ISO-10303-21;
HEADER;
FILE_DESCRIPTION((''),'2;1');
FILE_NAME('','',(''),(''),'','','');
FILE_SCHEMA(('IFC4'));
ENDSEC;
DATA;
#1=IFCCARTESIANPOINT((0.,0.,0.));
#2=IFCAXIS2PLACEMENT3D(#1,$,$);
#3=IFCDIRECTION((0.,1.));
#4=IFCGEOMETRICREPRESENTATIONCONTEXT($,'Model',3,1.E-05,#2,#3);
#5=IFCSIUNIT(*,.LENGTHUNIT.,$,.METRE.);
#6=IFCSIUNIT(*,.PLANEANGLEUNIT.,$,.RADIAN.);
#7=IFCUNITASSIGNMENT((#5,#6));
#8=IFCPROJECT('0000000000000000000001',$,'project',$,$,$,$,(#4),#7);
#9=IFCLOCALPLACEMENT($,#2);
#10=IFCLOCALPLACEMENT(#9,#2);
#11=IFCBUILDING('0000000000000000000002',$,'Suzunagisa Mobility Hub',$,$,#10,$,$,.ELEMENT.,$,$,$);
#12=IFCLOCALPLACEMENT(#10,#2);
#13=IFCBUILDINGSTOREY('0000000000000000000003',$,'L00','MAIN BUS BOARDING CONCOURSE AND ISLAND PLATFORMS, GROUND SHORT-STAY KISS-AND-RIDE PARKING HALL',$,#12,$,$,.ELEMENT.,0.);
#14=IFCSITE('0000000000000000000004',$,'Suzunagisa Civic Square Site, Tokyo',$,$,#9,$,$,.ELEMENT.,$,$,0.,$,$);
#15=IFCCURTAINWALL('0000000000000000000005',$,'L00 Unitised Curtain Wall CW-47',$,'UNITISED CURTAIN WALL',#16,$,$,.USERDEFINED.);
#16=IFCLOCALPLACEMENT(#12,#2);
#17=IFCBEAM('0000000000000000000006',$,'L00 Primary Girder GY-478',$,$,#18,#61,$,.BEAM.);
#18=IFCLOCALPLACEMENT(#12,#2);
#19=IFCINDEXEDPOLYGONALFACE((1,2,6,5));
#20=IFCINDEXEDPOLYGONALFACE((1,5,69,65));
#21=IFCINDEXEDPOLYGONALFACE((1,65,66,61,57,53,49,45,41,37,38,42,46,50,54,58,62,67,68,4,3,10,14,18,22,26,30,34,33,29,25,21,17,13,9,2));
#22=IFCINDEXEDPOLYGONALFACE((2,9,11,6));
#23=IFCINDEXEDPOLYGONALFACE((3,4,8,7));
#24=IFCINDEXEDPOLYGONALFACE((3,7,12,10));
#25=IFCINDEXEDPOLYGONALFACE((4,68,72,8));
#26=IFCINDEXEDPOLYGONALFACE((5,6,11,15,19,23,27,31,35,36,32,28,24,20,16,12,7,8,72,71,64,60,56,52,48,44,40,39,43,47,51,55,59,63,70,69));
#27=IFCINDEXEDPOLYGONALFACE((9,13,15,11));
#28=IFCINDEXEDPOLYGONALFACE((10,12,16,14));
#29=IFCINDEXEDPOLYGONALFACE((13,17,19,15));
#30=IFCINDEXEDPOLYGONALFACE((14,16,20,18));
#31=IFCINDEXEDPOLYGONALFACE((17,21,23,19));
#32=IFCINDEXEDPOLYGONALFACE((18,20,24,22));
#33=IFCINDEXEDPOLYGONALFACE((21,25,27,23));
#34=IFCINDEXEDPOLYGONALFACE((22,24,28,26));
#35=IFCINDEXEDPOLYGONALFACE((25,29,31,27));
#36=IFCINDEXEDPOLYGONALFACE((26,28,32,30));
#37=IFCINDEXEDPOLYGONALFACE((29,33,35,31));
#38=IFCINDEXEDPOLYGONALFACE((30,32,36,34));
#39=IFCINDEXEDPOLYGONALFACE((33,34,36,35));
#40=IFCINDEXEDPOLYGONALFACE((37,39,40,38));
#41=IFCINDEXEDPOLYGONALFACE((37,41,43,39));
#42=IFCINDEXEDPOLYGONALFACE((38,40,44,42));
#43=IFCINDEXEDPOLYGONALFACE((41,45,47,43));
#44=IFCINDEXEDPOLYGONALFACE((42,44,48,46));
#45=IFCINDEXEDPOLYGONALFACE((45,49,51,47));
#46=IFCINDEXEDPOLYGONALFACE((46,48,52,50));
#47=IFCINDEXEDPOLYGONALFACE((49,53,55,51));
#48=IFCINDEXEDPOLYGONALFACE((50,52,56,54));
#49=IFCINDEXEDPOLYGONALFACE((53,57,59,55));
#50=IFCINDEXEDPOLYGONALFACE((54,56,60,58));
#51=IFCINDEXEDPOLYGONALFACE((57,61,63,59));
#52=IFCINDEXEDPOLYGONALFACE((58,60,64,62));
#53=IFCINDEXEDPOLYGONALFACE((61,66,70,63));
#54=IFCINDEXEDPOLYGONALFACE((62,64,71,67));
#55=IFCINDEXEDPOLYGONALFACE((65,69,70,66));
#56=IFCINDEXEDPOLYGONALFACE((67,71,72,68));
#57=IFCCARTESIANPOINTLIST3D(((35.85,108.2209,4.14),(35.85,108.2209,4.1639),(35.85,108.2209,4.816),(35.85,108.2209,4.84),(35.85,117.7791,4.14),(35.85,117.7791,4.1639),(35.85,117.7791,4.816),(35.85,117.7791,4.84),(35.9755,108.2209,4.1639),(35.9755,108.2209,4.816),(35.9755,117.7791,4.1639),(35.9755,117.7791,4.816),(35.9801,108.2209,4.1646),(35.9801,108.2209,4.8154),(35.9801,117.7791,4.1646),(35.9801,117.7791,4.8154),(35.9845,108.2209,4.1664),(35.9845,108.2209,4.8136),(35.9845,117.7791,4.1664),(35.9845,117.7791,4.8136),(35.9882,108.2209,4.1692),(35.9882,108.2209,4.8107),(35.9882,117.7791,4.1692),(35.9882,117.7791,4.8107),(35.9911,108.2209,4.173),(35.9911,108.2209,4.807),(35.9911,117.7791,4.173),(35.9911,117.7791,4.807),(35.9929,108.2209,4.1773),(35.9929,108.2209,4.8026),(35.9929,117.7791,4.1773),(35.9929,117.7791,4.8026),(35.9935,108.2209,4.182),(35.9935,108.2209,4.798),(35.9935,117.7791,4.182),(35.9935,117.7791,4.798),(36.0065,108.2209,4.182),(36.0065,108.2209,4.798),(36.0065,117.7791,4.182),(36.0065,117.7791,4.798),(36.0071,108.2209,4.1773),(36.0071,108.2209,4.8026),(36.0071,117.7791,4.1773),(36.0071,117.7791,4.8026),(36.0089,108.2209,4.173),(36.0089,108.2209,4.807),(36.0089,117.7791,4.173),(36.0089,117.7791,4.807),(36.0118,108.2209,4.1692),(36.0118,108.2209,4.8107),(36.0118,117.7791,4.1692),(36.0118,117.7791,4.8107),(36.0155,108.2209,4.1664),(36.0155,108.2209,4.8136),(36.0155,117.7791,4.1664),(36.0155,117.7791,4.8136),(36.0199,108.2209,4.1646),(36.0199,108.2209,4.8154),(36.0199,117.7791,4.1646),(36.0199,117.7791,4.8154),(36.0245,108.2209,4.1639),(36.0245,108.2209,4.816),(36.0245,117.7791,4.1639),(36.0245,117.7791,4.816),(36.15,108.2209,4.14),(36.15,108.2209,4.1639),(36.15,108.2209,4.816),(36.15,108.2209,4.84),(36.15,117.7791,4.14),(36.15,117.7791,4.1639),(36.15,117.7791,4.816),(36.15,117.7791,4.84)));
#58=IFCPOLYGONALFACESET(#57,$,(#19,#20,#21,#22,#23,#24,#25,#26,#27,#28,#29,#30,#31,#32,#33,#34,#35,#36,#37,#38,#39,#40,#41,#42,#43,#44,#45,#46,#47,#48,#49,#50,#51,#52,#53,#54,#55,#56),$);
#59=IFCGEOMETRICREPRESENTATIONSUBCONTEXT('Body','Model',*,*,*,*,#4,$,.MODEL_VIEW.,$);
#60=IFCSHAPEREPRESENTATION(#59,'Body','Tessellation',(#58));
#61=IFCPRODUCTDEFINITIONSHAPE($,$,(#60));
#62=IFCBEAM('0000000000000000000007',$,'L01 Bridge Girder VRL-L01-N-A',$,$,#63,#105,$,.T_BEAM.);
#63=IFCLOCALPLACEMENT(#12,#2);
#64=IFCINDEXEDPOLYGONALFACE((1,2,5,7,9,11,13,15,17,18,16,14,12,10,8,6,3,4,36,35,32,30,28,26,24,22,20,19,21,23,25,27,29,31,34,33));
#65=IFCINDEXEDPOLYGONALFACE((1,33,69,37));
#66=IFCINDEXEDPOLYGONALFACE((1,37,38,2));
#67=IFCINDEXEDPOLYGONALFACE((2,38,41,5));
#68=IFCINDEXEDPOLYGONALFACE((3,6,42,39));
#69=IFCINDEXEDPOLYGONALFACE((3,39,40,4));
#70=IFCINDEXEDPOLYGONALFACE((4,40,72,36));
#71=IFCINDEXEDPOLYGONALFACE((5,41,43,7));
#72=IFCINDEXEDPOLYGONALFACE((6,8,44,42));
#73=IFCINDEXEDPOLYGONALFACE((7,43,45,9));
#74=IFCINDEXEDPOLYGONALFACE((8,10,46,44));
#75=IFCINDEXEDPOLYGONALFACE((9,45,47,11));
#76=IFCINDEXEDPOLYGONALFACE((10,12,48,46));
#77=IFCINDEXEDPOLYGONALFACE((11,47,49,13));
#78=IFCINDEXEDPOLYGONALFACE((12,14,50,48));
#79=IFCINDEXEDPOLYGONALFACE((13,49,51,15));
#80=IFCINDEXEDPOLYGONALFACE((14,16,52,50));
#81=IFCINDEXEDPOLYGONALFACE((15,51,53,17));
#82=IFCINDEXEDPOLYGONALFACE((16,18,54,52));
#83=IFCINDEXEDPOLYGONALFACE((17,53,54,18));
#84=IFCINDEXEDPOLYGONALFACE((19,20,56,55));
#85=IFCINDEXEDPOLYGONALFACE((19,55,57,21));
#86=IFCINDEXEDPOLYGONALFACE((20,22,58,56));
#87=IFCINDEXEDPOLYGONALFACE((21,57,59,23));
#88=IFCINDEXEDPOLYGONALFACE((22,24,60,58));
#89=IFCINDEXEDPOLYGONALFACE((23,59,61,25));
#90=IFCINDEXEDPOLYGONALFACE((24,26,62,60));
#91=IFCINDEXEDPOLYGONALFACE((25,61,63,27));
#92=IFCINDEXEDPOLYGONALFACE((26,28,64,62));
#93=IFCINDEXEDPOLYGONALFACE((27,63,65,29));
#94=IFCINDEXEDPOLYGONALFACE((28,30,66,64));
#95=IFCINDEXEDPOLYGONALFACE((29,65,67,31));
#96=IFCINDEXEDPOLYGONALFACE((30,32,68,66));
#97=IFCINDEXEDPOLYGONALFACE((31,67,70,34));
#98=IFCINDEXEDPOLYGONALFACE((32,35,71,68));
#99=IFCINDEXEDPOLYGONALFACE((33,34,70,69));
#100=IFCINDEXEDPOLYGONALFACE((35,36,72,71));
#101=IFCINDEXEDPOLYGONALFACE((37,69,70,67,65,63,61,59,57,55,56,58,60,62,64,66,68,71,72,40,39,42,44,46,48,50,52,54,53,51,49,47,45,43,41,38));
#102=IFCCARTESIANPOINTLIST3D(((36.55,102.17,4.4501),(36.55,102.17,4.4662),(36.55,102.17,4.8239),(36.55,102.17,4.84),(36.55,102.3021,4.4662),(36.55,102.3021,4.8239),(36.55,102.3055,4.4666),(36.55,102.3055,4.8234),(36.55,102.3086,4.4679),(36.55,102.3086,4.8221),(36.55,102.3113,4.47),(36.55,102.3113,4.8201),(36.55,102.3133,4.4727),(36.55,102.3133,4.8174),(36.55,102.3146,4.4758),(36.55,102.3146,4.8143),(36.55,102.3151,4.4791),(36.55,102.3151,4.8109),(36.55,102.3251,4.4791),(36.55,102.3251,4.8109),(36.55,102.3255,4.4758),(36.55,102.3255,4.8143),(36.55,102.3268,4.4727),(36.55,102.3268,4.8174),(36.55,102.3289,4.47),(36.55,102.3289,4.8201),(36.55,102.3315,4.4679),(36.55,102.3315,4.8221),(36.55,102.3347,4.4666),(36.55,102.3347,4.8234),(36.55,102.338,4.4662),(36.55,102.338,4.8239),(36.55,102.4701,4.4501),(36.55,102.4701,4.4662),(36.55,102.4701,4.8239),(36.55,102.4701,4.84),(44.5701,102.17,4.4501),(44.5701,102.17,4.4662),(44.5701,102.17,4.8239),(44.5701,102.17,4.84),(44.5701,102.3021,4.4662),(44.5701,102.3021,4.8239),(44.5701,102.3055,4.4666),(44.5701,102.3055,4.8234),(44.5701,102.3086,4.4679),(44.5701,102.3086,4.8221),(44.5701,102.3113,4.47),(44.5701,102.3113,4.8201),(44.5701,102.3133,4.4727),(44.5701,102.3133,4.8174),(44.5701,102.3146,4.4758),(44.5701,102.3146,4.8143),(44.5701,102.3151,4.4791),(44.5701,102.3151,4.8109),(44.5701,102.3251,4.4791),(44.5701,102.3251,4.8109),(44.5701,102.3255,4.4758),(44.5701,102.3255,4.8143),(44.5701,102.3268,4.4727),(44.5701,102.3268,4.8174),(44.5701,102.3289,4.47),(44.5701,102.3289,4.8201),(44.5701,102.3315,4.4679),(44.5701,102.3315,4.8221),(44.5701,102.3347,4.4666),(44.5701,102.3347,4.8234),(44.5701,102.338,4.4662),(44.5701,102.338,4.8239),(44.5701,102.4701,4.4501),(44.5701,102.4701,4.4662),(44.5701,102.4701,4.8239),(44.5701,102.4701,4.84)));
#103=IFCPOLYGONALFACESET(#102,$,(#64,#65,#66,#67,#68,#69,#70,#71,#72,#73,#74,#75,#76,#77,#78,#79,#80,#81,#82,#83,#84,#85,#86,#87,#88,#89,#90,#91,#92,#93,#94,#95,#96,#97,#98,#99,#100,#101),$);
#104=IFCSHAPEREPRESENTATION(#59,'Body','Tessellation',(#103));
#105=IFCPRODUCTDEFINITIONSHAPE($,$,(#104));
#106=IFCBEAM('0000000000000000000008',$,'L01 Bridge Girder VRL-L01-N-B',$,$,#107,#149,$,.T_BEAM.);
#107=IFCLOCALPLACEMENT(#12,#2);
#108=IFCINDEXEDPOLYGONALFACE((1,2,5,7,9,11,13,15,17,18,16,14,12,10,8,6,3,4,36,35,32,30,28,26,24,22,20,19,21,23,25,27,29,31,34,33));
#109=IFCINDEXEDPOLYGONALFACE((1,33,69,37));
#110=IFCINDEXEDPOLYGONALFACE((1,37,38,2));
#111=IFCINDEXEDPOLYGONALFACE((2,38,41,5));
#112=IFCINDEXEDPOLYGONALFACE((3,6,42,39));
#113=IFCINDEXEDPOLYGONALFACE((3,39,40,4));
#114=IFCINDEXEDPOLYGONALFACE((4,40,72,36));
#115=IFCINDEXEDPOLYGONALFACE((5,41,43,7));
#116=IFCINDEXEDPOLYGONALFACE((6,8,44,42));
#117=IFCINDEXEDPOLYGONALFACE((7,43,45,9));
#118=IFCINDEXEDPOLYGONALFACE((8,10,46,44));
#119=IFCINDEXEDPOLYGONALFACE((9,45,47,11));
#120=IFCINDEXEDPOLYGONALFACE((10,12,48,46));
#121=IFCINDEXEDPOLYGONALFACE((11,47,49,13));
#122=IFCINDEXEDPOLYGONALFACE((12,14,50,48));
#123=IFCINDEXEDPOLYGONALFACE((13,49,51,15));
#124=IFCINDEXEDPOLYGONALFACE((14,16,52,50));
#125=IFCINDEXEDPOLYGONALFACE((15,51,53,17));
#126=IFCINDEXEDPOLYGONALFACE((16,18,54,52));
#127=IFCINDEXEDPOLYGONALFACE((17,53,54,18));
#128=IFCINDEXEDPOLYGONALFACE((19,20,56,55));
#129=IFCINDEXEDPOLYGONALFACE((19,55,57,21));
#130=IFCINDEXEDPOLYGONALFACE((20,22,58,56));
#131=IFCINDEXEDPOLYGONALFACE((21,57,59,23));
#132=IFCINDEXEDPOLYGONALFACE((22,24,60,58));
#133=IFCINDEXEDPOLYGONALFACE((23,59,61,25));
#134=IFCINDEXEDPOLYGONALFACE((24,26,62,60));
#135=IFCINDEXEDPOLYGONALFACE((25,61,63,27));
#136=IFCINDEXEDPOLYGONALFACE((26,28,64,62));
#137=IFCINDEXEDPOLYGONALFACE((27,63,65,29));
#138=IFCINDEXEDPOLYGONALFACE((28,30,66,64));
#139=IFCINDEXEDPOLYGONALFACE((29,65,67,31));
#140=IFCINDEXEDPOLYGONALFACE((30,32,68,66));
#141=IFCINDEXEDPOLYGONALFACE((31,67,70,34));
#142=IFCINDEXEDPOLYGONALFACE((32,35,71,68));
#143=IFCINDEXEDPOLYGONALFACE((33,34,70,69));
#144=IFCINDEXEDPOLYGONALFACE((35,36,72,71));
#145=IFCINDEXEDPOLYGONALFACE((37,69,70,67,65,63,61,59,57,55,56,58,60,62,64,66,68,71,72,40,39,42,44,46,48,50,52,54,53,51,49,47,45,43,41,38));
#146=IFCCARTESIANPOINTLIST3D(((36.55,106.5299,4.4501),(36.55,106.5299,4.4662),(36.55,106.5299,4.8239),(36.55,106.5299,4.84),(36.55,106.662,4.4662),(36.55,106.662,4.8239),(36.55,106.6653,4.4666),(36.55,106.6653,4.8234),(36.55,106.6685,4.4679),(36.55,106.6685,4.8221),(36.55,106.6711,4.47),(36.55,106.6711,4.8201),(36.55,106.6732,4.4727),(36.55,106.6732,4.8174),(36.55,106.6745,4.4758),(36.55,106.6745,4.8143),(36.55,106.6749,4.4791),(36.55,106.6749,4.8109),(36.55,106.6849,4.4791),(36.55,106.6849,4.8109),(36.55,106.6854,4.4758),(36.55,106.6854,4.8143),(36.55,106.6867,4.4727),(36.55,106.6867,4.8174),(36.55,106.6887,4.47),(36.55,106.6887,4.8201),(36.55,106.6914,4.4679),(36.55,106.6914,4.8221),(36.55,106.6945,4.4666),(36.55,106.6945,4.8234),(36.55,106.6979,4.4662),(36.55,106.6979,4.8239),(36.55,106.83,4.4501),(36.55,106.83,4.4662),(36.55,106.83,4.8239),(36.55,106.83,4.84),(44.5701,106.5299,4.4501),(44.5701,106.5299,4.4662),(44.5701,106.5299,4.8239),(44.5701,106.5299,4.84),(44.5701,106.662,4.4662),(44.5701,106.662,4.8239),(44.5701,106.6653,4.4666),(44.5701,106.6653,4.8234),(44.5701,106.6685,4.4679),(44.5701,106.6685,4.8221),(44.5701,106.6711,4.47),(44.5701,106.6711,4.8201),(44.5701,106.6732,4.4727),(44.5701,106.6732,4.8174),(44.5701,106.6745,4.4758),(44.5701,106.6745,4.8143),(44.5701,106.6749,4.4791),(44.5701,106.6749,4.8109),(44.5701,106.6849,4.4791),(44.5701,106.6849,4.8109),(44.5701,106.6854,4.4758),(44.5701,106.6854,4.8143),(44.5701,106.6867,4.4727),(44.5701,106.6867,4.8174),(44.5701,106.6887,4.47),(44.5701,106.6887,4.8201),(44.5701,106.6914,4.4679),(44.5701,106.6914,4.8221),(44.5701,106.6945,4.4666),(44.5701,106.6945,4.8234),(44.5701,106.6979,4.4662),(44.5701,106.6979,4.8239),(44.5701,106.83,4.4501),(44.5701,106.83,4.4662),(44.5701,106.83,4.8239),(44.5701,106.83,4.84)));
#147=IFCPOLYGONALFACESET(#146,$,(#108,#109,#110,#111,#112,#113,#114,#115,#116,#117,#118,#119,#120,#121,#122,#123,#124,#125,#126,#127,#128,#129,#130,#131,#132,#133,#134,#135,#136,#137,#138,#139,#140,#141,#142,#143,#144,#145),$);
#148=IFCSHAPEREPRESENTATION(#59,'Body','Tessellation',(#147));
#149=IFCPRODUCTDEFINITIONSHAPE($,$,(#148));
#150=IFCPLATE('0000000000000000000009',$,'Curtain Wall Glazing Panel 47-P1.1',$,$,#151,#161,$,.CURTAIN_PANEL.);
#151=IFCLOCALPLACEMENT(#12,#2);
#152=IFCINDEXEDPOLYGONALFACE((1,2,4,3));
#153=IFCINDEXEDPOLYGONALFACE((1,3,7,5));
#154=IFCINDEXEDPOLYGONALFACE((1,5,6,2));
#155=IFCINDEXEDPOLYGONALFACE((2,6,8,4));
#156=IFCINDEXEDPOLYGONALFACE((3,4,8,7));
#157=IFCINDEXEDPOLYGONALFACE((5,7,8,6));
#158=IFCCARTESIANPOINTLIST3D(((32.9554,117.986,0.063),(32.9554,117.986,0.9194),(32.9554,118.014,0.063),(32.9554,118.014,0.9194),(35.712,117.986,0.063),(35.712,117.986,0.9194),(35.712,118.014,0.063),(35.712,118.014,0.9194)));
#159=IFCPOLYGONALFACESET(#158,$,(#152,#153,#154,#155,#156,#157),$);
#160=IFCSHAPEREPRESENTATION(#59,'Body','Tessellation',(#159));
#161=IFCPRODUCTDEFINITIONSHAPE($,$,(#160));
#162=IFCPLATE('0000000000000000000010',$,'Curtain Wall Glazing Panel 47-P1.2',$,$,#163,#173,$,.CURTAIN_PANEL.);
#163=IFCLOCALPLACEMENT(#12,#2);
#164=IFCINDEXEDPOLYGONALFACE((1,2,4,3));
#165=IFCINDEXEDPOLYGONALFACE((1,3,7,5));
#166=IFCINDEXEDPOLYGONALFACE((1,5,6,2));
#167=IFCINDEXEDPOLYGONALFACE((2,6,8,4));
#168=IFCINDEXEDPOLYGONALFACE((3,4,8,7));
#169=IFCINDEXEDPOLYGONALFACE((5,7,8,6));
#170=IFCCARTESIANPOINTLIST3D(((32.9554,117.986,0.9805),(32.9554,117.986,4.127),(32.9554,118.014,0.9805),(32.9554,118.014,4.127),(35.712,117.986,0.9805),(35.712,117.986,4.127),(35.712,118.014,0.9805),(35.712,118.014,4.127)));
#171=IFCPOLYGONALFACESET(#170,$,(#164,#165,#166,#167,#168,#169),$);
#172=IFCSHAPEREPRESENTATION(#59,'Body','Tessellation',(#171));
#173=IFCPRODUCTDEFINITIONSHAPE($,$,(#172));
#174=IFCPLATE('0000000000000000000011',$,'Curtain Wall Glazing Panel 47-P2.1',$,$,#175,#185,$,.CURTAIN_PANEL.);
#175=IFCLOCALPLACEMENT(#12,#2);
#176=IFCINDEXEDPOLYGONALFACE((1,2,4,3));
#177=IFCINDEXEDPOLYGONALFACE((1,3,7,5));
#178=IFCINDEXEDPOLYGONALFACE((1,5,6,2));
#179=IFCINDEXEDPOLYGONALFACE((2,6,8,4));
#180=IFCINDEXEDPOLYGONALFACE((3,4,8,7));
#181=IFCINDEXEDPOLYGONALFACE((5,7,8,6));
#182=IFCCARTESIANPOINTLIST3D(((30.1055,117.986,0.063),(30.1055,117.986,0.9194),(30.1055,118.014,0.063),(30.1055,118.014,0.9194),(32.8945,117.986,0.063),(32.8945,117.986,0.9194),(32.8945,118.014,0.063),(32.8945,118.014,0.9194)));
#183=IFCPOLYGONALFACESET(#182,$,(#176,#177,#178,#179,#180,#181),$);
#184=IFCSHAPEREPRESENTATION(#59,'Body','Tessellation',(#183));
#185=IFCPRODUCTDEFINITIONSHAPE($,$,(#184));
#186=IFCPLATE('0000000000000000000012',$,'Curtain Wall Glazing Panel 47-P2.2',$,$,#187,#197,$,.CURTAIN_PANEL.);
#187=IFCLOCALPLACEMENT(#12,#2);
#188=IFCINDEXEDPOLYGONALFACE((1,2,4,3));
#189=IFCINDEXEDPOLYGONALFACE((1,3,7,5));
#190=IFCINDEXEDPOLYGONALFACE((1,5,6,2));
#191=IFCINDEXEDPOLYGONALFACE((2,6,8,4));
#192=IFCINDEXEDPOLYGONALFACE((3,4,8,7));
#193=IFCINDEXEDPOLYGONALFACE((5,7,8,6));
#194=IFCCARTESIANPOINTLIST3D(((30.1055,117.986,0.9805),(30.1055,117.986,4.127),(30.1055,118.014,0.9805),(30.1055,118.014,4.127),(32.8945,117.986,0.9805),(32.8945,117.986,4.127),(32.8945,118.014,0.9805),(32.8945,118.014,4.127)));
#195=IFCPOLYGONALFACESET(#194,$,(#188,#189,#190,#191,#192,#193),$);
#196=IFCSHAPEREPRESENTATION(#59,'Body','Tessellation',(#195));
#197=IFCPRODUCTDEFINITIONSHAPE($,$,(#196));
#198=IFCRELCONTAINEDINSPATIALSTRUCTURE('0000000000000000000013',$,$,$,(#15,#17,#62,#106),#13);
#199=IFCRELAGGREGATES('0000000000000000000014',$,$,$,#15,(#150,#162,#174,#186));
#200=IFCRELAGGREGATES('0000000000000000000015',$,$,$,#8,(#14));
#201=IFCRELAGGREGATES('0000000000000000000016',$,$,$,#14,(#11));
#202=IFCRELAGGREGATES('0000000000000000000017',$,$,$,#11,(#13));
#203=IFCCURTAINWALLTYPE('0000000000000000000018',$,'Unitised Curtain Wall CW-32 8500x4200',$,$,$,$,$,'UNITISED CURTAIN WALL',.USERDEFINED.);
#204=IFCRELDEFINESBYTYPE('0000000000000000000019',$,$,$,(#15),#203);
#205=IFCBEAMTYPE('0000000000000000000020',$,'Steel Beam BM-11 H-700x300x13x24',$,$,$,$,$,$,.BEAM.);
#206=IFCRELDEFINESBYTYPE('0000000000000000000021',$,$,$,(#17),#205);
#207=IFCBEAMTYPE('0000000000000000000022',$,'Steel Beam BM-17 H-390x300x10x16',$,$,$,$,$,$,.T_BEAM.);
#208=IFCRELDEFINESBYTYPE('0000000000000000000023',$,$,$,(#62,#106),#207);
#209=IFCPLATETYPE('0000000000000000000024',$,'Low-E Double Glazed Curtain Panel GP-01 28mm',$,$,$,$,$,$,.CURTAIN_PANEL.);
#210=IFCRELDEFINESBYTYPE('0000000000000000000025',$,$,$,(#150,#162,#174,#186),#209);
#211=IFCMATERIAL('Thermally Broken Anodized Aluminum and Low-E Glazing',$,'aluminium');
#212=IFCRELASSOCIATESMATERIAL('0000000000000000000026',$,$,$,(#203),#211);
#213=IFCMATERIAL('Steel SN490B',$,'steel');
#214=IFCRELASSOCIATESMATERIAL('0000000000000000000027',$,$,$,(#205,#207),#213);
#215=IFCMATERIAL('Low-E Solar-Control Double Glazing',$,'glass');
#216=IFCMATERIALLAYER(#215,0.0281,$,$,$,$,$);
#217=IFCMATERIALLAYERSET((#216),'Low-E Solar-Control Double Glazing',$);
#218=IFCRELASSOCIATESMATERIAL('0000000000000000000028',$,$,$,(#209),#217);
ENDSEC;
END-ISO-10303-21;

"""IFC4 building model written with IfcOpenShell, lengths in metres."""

from ifc_helpers import new_model, si_unit, direction, frame, origin, origin_2d, place, context, subcontext, project, spatial, rectangle, i_section, extrude, material, layer, layer_set, material_profile, profile_set, type_object, element, aggregate, save


model = new_model("IFC4")

# Units and contexts
model_context = context("Model", 3, precision=1e-05, world=origin(), true_north=direction((0.0, 1.0)))
body_context = subcontext(model_context, "Body", "Model", "MODEL_VIEW")
ifc_project = project(units=[si_unit("LENGTHUNIT", "METRE"), si_unit("PLANEANGLEUNIT", "RADIAN")], contexts=[model_context])

# Site, building, storey
site_placement = place(None, origin())
site = spatial("IfcSite", under=ifc_project, at=site_placement, Name="Suzunagisa Civic Square Site, Tokyo", CompositionType="ELEMENT", RefElevation=0.0)
building_placement = place(site_placement, origin())
building = spatial("IfcBuilding", under=site, at=building_placement, Name="Suzunagisa Mobility Hub", CompositionType="ELEMENT")
storey_placement = place(building_placement, origin())
storey = spatial("IfcBuildingStorey", under=building, at=storey_placement, Name="L00", Description="MAIN BUS BOARDING CONCOURSE AND ISLAND PLATFORMS, GROUND SHORT-STAY KISS-AND-RIDE PARKING HALL", CompositionType="ELEMENT", Elevation=0.0)

# Shared definitions
ifc_material_1 = material(Name="Steel SN490B", Category="steel")

# Curtain wall
ifc_material_2 = material(Name="Thermally Broken Anodized Aluminum and Low-E Glazing", Category="aluminium")
curtain_wall_type = type_object("IfcCurtainWallType", Name="Unitised Curtain Wall CW-32 8500x4200", ElementType="UNITISED CURTAIN WALL", PredefinedType="USERDEFINED", material=ifc_material_2)
curtain_wall_placement = place(storey_placement, origin())
curtain_wall = element("IfcCurtainWall", 1, at=curtain_wall_placement, inside=storey, type_object=curtain_wall_type, Name="L00 Unitised Curtain Wall CW-47", ObjectType="UNITISED CURTAIN WALL", PredefinedType="USERDEFINED")

# Beams
ifc_material_profile_1 = material_profile(ifc_material_1, i_section(OverallWidth=0.3, OverallDepth=0.7, WebThickness=0.0129, FlangeThickness=0.0239, FilletRadius=0.0181, at=origin_2d()), Name="H-700x300x13x24")
ifc_profile_set_1 = profile_set([ifc_material_profile_1], Name="Steel SN490B")
beam_type_1 = type_object("IfcBeamType", Name="Steel Beam BM-11 H-700x300x13x24", PredefinedType="BEAM", material=ifc_profile_set_1)
for number, where, z_axis, x_axis, name in (
    (2, (36.0, 108.2209, 4.49), (0.0, 1.0, 0.0), (-1.0, 0.0, 0.0), "L00 Primary Girder GY-478"),
):
    element("IfcBeam", number, at=place(storey_placement, frame(where, z_axis=z_axis, x_axis=x_axis)), inside=storey, type_object=beam_type_1, Name=name, PredefinedType="BEAM", context=body_context, shape_type="SweptSolid", body=[
        extrude(i_section(OverallWidth=0.3, OverallDepth=0.7, WebThickness=0.0129, FlangeThickness=0.0239, FilletRadius=0.0181, at=origin_2d()), origin(), (0.0, 0.0, 1.0), 9.5581),
    ])
ifc_material_profile_2 = material_profile(ifc_material_1, i_section(OverallWidth=0.3, OverallDepth=0.3899, WebThickness=0.01, FlangeThickness=0.0161, FilletRadius=0.0129, at=origin_2d()), Name="H-390x300x10x16")
ifc_profile_set_2 = profile_set([ifc_material_profile_2], Name="Steel SN490B")
beam_type_2 = type_object("IfcBeamType", Name="Steel Beam BM-17 H-390x300x10x16", PredefinedType="T_BEAM", material=ifc_profile_set_2)
for number, where, z_axis, x_axis, name in (
    (3, (36.55, 102.3201, 4.645), (1.0, 0.0, 0.0), (0.0, 1.0, 0.0), "L01 Bridge Girder VRL-L01-N-A"),
    (4, (36.55, 106.6799, 4.645), (1.0, 0.0, 0.0), (0.0, 1.0, 0.0), "L01 Bridge Girder VRL-L01-N-B"),
):
    element("IfcBeam", number, at=place(storey_placement, frame(where, z_axis=z_axis, x_axis=x_axis)), inside=storey, type_object=beam_type_2, Name=name, PredefinedType="T_BEAM", context=body_context, shape_type="SweptSolid", body=[
        extrude(i_section(OverallWidth=0.3, OverallDepth=0.3899, WebThickness=0.01, FlangeThickness=0.0161, FilletRadius=0.0129, at=origin_2d()), origin(), (0.0, 0.0, 1.0), 8.02),
    ])

# Plates
ifc_material_3 = material(Name="Low-E Solar-Control Double Glazing", Category="glass")
ifc_layer_1 = layer(ifc_material_3, 0.0281)
ifc_layer_set_1 = layer_set([ifc_layer_1], Name="Low-E Solar-Control Double Glazing")
plate_type = type_object("IfcPlateType", Name="Low-E Double Glazed Curtain Panel GP-01 28mm", PredefinedType="CURTAIN_PANEL", material=ifc_layer_set_1)
plate_1_placement = place(storey_placement, frame((34.3337, 118.0, 0.063), z_axis=(0.0, 0.0, 1.0), x_axis=(-1.0, 0.0, 0.0)))
plate_1 = element("IfcPlate", 5, at=plate_1_placement, type_object=plate_type, Name="Curtain Wall Glazing Panel 47-P1.1", PredefinedType="CURTAIN_PANEL", context=body_context, shape_type="SweptSolid", body=[
    extrude(rectangle(XDim=2.7566, YDim=0.0281, at=origin_2d()), origin(), (0.0, 0.0, 1.0), 0.8564),
])
plate_2_placement = place(storey_placement, frame((34.3337, 118.0, 0.9805), z_axis=(0.0, 0.0, 1.0), x_axis=(-1.0, 0.0, 0.0)))
plate_2 = element("IfcPlate", 6, at=plate_2_placement, type_object=plate_type, Name="Curtain Wall Glazing Panel 47-P1.2", PredefinedType="CURTAIN_PANEL", context=body_context, shape_type="SweptSolid", body=[
    extrude(rectangle(XDim=2.7566, YDim=0.0281, at=origin_2d()), origin(), (0.0, 0.0, 1.0), 3.1465),
])
plate_3_placement = place(storey_placement, frame((31.5, 118.0, 0.063), z_axis=(0.0, 0.0, 1.0), x_axis=(-1.0, 0.0, 0.0)))
plate_3 = element("IfcPlate", 7, at=plate_3_placement, type_object=plate_type, Name="Curtain Wall Glazing Panel 47-P2.1", PredefinedType="CURTAIN_PANEL", context=body_context, shape_type="SweptSolid", body=[
    extrude(rectangle(XDim=2.7891, YDim=0.0281, at=origin_2d()), origin(), (0.0, 0.0, 1.0), 0.8564),
])
plate_4_placement = place(storey_placement, frame((31.5, 118.0, 0.9805), z_axis=(0.0, 0.0, 1.0), x_axis=(-1.0, 0.0, 0.0)))
plate_4 = element("IfcPlate", 8, at=plate_4_placement, type_object=plate_type, Name="Curtain Wall Glazing Panel 47-P2.2", PredefinedType="CURTAIN_PANEL", context=body_context, shape_type="SweptSolid", body=[
    extrude(rectangle(XDim=2.7891, YDim=0.0281, at=origin_2d()), origin(), (0.0, 0.0, 1.0), 3.1465),
])
aggregate(curtain_wall, [plate_1, plate_2, plate_3, plate_4])

save(model, "model.ifc")
